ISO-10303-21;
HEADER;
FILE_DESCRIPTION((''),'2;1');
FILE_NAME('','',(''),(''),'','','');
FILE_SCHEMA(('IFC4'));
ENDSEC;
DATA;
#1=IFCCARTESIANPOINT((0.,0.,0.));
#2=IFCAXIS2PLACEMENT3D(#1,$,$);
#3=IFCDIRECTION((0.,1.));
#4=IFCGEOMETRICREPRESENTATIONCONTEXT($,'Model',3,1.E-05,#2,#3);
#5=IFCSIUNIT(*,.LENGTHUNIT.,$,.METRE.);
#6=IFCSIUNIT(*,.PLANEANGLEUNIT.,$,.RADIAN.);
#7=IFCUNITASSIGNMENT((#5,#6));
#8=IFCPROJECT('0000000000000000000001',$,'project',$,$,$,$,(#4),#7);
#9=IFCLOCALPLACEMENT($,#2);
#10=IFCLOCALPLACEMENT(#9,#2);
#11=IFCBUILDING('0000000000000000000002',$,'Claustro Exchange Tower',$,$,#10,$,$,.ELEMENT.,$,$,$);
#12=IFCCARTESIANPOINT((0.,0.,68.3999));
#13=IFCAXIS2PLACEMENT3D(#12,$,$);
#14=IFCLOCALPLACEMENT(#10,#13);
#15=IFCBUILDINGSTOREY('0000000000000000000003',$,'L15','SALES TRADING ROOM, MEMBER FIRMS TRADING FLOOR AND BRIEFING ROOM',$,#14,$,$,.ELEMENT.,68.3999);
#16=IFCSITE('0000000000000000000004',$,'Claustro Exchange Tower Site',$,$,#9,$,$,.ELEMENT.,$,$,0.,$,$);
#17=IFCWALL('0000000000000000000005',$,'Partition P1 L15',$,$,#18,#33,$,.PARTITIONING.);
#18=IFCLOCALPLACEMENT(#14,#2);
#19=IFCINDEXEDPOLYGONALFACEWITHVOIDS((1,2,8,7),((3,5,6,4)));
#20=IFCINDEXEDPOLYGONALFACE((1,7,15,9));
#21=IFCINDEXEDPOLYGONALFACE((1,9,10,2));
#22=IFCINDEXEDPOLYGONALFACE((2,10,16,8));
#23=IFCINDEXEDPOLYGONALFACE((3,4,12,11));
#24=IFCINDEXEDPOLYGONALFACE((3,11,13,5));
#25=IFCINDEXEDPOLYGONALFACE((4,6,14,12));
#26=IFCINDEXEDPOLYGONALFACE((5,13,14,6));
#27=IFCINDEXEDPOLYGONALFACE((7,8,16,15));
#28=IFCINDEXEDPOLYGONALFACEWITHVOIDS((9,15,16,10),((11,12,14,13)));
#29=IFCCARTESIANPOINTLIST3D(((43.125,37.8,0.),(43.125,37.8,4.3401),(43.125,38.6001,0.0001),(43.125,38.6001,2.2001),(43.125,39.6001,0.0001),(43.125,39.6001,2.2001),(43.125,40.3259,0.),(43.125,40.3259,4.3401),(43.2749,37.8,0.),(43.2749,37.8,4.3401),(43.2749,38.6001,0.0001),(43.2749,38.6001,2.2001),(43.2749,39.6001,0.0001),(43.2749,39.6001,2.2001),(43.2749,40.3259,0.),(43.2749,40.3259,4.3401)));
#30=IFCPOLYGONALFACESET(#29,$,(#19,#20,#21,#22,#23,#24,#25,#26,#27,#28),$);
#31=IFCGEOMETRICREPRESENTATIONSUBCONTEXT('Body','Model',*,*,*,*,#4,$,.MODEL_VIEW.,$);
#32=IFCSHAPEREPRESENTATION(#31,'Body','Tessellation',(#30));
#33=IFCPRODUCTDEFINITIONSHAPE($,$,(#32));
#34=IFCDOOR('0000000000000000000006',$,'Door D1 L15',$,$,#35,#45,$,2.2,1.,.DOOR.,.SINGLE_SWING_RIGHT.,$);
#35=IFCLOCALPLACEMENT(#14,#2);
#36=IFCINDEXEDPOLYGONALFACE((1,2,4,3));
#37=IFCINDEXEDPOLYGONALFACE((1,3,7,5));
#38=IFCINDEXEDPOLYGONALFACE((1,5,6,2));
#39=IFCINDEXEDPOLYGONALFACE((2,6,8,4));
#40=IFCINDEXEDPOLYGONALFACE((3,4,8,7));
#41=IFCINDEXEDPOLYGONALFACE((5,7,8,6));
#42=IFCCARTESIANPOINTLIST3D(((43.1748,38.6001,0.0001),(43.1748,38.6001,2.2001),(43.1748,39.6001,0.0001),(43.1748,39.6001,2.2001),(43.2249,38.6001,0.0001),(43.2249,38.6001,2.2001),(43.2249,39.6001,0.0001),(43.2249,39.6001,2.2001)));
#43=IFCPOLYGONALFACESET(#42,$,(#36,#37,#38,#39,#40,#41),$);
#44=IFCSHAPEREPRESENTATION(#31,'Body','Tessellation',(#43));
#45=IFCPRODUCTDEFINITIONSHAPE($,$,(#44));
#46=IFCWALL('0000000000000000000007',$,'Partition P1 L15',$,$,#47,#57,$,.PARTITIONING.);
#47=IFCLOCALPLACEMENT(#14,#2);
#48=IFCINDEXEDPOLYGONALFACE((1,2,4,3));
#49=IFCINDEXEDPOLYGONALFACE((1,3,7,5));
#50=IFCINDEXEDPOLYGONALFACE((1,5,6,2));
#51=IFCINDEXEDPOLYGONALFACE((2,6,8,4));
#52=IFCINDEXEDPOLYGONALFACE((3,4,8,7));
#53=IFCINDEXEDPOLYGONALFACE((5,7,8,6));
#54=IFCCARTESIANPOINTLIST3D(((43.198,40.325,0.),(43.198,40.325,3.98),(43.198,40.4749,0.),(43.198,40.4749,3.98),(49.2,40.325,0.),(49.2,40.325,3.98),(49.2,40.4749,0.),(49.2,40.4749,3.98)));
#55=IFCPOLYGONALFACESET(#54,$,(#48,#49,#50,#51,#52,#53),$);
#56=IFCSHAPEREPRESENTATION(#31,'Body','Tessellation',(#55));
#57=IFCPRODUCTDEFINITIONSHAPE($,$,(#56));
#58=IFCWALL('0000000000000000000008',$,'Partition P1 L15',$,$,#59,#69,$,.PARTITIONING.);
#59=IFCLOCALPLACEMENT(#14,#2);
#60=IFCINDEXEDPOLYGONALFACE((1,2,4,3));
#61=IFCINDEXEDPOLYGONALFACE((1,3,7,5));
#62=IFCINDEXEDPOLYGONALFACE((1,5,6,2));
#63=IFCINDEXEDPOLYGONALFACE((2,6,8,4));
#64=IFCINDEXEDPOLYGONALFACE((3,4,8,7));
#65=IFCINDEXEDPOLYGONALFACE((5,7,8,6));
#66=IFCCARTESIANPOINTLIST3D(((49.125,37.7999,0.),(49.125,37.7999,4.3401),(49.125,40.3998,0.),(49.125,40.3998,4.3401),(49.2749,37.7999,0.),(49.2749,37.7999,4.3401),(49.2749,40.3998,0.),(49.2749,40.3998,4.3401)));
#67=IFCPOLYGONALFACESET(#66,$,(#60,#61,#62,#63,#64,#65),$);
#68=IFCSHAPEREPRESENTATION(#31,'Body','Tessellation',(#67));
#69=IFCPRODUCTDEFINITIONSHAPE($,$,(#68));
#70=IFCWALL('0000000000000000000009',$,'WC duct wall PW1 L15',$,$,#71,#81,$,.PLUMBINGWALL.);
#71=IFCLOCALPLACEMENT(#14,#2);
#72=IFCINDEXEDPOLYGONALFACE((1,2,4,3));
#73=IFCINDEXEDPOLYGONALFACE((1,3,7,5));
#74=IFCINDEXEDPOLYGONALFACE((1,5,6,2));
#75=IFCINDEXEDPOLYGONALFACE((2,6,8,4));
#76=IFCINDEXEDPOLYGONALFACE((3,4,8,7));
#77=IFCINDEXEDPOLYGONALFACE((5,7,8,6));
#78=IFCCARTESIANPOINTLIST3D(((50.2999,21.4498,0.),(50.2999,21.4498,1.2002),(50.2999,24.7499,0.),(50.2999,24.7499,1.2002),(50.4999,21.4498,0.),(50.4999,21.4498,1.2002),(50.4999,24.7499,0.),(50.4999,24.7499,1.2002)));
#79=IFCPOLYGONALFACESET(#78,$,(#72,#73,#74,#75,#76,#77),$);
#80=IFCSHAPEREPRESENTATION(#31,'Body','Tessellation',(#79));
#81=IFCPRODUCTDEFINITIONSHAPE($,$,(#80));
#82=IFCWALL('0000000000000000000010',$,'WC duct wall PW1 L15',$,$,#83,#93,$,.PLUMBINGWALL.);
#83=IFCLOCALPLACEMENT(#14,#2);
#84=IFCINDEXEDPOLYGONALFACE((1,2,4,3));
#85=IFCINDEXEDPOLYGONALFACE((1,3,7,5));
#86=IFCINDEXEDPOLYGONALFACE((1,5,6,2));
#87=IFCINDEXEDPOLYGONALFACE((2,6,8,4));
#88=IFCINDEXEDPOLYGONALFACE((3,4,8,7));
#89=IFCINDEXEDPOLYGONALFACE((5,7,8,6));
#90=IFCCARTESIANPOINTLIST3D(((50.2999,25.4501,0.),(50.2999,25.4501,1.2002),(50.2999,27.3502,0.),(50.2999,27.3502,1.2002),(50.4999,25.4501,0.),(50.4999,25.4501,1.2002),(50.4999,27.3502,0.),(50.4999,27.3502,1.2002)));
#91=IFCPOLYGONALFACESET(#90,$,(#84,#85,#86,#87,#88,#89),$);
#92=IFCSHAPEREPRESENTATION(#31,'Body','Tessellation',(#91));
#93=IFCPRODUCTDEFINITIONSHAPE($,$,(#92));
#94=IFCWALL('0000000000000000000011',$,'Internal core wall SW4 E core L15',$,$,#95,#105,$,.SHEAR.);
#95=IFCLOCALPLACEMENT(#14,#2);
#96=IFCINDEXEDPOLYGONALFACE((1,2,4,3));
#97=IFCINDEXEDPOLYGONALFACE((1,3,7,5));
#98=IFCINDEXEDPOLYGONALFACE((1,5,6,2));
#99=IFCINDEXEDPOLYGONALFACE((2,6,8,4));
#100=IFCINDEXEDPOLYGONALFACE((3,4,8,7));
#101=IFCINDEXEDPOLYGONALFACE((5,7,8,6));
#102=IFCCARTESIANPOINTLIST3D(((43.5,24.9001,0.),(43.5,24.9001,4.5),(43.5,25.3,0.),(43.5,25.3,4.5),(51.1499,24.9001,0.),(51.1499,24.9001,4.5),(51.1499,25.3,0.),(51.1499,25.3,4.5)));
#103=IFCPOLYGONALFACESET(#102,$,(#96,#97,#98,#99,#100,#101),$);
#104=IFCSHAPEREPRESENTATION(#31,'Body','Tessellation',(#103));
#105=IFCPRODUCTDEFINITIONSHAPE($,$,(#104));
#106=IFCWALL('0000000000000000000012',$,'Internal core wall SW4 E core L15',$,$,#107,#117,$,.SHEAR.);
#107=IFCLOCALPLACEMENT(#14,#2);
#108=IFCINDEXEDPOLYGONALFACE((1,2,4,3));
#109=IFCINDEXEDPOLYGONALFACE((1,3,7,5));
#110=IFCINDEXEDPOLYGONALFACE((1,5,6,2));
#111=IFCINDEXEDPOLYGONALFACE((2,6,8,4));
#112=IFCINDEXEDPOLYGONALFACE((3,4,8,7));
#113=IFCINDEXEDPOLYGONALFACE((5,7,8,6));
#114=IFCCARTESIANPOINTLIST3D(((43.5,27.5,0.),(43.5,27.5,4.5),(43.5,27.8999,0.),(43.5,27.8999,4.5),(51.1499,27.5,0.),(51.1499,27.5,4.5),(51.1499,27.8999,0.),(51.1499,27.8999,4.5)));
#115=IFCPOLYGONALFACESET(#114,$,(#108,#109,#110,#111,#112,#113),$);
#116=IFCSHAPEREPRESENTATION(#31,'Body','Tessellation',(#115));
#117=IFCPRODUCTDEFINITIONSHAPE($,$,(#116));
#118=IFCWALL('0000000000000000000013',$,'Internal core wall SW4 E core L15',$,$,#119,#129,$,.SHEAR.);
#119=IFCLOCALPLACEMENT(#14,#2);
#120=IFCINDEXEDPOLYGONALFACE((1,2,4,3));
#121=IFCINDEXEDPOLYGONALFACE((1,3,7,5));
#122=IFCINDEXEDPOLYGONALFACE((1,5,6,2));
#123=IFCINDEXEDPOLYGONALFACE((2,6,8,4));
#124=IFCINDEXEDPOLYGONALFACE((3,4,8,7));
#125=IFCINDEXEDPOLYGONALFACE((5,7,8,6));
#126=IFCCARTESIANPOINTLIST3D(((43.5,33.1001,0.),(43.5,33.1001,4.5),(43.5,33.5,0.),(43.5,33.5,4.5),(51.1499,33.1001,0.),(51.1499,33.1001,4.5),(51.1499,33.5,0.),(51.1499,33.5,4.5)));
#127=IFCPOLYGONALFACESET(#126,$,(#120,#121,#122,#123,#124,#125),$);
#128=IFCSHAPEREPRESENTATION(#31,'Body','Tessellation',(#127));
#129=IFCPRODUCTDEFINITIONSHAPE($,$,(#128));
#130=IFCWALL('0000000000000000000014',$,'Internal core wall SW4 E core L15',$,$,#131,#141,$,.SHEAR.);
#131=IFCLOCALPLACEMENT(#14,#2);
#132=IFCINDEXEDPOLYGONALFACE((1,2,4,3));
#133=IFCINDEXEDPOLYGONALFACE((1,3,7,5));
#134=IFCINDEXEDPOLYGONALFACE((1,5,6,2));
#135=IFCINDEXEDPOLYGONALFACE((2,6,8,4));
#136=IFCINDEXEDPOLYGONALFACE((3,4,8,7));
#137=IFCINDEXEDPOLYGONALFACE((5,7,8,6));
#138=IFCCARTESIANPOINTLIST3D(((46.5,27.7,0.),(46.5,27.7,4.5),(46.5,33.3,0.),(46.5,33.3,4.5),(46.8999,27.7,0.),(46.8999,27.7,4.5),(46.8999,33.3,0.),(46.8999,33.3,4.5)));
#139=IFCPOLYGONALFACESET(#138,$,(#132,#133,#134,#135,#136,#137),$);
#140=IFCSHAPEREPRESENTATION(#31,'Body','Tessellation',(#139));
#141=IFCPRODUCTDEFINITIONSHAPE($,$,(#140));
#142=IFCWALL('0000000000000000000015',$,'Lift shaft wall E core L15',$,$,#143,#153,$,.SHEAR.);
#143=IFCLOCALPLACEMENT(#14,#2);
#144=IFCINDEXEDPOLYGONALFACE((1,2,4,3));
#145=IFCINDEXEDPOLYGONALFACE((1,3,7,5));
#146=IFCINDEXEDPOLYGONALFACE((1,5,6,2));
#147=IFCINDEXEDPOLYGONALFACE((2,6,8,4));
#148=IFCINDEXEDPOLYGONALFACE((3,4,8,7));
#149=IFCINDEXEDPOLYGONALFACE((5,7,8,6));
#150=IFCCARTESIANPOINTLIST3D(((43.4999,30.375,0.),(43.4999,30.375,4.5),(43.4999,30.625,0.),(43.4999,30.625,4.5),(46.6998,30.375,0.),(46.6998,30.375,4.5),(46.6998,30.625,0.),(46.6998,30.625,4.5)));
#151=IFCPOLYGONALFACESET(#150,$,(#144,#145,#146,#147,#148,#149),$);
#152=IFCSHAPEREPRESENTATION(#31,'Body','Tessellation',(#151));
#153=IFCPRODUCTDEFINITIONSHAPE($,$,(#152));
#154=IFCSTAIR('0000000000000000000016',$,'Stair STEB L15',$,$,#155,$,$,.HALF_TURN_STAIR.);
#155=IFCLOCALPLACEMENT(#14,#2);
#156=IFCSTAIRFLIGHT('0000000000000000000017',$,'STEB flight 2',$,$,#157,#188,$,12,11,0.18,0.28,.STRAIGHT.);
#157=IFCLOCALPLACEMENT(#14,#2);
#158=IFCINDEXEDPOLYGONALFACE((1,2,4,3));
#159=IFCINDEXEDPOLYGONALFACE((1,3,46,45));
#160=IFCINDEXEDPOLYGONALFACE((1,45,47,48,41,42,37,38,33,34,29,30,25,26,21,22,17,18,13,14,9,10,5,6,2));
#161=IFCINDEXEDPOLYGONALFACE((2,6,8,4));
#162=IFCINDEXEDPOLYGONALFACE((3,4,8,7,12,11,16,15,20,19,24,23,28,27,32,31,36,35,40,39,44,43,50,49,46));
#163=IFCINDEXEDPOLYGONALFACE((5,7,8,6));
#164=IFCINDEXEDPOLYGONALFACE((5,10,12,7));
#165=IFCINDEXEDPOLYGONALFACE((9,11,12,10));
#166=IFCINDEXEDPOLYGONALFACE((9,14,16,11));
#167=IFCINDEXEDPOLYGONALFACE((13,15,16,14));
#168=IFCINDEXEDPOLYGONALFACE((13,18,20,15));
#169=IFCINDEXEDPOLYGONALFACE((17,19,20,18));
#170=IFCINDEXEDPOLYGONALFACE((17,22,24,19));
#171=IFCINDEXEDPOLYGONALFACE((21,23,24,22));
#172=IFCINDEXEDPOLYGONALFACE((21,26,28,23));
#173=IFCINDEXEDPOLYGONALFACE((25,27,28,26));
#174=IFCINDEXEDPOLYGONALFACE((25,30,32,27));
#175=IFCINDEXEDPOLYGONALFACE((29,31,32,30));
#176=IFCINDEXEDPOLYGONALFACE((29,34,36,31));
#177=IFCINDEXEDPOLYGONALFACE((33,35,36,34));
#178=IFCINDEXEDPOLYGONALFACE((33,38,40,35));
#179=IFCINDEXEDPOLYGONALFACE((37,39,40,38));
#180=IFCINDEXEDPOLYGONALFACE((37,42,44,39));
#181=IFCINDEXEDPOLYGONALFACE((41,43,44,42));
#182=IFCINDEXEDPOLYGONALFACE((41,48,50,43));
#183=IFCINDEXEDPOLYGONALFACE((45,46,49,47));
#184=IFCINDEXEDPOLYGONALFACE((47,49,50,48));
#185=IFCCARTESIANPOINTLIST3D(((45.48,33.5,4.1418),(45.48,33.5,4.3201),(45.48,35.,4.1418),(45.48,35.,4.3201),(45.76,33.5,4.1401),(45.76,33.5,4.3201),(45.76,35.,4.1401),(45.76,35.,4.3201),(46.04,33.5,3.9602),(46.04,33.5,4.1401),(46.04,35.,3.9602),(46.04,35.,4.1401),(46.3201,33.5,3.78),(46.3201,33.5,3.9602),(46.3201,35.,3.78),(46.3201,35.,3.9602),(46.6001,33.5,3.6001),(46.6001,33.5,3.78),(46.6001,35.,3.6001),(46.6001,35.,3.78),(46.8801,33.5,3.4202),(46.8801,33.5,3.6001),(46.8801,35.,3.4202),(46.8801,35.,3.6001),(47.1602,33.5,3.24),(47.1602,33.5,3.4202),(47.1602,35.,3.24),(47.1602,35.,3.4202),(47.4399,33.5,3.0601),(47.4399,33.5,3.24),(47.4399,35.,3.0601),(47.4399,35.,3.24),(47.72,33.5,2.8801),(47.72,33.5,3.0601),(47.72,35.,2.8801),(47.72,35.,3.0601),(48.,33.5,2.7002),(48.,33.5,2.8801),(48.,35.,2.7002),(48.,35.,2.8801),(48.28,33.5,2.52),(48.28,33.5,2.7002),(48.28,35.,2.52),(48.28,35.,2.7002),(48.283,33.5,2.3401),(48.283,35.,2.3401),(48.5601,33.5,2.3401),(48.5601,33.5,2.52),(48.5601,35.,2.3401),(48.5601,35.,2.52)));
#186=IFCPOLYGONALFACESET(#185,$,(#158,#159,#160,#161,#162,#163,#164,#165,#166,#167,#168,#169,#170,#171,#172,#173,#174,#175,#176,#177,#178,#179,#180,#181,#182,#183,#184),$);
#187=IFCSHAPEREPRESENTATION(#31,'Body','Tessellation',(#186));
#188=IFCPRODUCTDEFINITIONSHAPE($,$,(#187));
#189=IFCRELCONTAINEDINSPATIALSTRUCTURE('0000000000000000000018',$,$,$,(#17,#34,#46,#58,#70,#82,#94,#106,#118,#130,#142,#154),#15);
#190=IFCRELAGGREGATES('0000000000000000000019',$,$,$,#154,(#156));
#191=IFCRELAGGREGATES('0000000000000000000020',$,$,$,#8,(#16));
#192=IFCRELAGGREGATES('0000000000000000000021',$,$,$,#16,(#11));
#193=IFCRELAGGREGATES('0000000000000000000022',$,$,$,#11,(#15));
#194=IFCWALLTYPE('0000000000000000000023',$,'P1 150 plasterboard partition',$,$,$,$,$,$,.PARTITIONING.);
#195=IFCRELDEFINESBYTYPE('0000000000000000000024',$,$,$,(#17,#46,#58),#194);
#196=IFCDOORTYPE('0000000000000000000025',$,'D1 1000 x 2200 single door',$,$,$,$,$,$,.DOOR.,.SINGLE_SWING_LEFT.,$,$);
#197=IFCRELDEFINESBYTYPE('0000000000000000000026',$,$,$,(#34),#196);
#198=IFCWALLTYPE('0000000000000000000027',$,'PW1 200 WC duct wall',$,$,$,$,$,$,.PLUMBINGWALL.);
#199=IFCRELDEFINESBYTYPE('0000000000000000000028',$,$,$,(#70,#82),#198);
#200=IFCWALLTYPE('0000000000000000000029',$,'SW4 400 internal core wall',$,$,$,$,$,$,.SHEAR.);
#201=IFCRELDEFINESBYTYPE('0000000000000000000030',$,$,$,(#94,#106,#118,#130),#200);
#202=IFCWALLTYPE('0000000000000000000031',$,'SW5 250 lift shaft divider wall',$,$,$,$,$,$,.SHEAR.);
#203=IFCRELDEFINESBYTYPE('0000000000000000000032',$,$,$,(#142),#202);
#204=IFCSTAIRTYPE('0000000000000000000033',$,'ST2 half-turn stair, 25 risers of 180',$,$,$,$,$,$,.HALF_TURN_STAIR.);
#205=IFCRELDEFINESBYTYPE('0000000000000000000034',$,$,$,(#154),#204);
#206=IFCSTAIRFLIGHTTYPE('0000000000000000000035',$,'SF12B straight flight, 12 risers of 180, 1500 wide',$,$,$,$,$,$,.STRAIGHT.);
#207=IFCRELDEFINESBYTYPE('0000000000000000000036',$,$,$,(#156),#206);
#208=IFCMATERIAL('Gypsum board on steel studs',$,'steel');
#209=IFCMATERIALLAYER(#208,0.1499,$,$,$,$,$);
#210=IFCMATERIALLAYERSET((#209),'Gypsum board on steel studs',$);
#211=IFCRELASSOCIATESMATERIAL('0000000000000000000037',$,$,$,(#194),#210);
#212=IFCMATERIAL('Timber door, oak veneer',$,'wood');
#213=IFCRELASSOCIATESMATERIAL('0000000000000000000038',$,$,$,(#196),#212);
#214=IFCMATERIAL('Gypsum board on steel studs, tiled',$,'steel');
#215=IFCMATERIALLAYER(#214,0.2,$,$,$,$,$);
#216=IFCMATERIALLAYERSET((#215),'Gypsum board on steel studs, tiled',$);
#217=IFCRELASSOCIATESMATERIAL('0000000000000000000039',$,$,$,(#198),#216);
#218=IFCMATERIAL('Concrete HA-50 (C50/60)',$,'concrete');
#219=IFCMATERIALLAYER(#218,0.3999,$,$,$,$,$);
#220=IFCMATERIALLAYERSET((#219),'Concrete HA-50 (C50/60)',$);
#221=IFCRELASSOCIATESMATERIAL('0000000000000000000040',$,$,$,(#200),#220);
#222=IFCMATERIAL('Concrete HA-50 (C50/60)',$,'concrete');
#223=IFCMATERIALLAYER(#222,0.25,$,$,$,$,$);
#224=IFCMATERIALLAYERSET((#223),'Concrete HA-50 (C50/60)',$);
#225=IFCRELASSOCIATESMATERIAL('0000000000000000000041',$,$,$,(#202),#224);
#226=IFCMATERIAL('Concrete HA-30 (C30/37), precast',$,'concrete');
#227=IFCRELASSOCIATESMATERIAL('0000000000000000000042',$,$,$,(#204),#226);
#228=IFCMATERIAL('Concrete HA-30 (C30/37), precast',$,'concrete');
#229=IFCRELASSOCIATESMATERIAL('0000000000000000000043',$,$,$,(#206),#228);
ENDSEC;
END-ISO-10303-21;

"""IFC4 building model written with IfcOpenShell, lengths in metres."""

from ifc_helpers import new_model, si_unit, direction, frame, frame_2d, origin, place, context, subcontext, project, spatial, polyline, rectangle, outline, extrude, material, layer, layer_set, type_object, element, fill, aggregate, save


model = new_model("IFC4")

# Units and contexts
model_context = context("Model", 3, precision=1e-05, world=origin(), true_north=direction((0.0, 1.0)))
body_context = subcontext(model_context, "Body", "Model", "MODEL_VIEW")
ifc_project = project(units=[si_unit("LENGTHUNIT", "METRE"), si_unit("PLANEANGLEUNIT", "RADIAN")], contexts=[model_context])

# Site, building, storey
site_placement = place(None, origin())
site = spatial("IfcSite", under=ifc_project, at=site_placement, Name="Claustro Exchange Tower Site", CompositionType="ELEMENT", RefElevation=0.0)
building_placement = place(site_placement, origin())
building = spatial("IfcBuilding", under=site, at=building_placement, Name="Claustro Exchange Tower", CompositionType="ELEMENT")
storey_placement = place(building_placement, frame((0.0, 0.0, 68.3999)))
storey = spatial("IfcBuildingStorey", under=building, at=storey_placement, Name="L15", Description="SALES TRADING ROOM, MEMBER FIRMS TRADING FLOOR AND BRIEFING ROOM", CompositionType="ELEMENT", Elevation=68.3999)

# Wall, opening, door
ifc_material_1 = material(Name="Gypsum board on steel studs", Category="steel")
ifc_layer_1 = layer(ifc_material_1, 0.1499)
ifc_layer_set_1 = layer_set([ifc_layer_1], Name="Gypsum board on steel studs")
wall_type_1 = type_object("IfcWallType", Name="P1 150 plasterboard partition", PredefinedType="PARTITIONING", material=ifc_layer_set_1)
wall_1_placement = place(storey_placement, frame((43.2, 37.8, 0.0), z_axis=(0.0, 0.0, 1.0), x_axis=(0.0, 1.0, 0.0)))
wall_1 = element("IfcWall", 1, at=wall_1_placement, inside=storey, type_object=wall_type_1, Name="Partition P1 L15", PredefinedType="PARTITIONING", context=body_context, shape_type="SweptSolid", body=[
    extrude(rectangle(XDim=2.5259, YDim=0.1499, at=frame_2d((1.2629, 0.0))), origin(), (0.0, 0.0, 1.0), 4.3401),
])
opening_placement = place(wall_1_placement, frame((0.8, 0.0, 0.0)))
opening = element("IfcOpeningElement", 2, at=opening_placement, cuts=wall_1, PredefinedType="OPENING", context=body_context, shape_type="SweptSolid", body=[
    extrude(rectangle(XDim=1.0, YDim=2.2, at=frame_2d((0.5, 1.1001))), frame((0.0, 0.085, 0.0), z_axis=(0.0, -1.0, 0.0), x_axis=(1.0, 0.0, 0.0)), (0.0, 0.0, 1.0), 0.1699),
])
ifc_material_2 = material(Name="Timber door, oak veneer", Category="wood")
door_type = type_object("IfcDoorType", Name="D1 1000 x 2200 single door", OperationType="SINGLE_SWING_LEFT", PredefinedType="DOOR", material=ifc_material_2)
door_placement = place(opening_placement, frame((1.0, 0.0, 0.0), z_axis=(0.0, 0.0, 1.0), x_axis=(-1.0, 0.0, 0.0)))
door = element("IfcDoor", 3, at=door_placement, inside=storey, type_object=door_type, Name="Door D1 L15", OperationType="SINGLE_SWING_RIGHT", OverallHeight=2.2, OverallWidth=1.0, PredefinedType="DOOR", context=body_context, shape_type="SweptSolid", body=[
    extrude(rectangle(XDim=1.0, YDim=2.2, at=frame_2d((0.5, 1.1001))), frame((0.0, 0.0249, 0.0), z_axis=(0.0, -1.0, 0.0), x_axis=(1.0, 0.0, 0.0)), (0.0, 0.0, 1.0), 0.05),
])
fill(opening, door)

# Walls
wall_2_placement = place(storey_placement, frame((43.198, 40.3999, 0.0), z_axis=(0.0, 0.0, 1.0), x_axis=(1.0, 0.0, 0.0)))
element("IfcWall", 4, at=wall_2_placement, inside=storey, type_object=wall_type_1, Name="Partition P1 L15", PredefinedType="PARTITIONING", context=body_context, shape_type="SweptSolid", body=[
    extrude(rectangle(XDim=6.002, YDim=0.1499, at=frame_2d((3.001, 0.0))), origin(), (0.0, 0.0, 1.0), 3.98),
])
wall_3_placement = place(storey_placement, frame((49.2, 37.8, 0.0), z_axis=(0.0, 0.0, 1.0), x_axis=(0.0, 1.0, 0.0)))
element("IfcWall", 5, at=wall_3_placement, inside=storey, type_object=wall_type_1, Name="Partition P1 L15", PredefinedType="PARTITIONING", context=body_context, shape_type="SweptSolid", body=[
    extrude(rectangle(XDim=2.5999, YDim=0.1499, at=frame_2d((1.2998, 0.0))), origin(), (0.0, 0.0, 1.0), 4.3401),
])
ifc_material_3 = material(Name="Gypsum board on steel studs, tiled", Category="steel")
ifc_layer_2 = layer(ifc_material_3, 0.2)
ifc_layer_set_2 = layer_set([ifc_layer_2], Name="Gypsum board on steel studs, tiled")
wall_type_2 = type_object("IfcWallType", Name="PW1 200 WC duct wall", PredefinedType="PLUMBINGWALL", material=ifc_layer_set_2)
wall_4_placement = place(storey_placement, frame((50.3999, 21.45, 0.0), z_axis=(0.0, 0.0, 1.0), x_axis=(0.0, 1.0, 0.0)))
element("IfcWall", 6, at=wall_4_placement, inside=storey, type_object=wall_type_2, Name="WC duct wall PW1 L15", PredefinedType="PLUMBINGWALL", context=body_context, shape_type="SweptSolid", body=[
    extrude(rectangle(XDim=3.3, YDim=0.2, at=frame_2d((1.6499, 0.0))), origin(), (0.0, 0.0, 1.0), 1.2002),
])
wall_5_placement = place(storey_placement, frame((50.3999, 25.45, 0.0), z_axis=(0.0, 0.0, 1.0), x_axis=(0.0, 1.0, 0.0)))
element("IfcWall", 7, at=wall_5_placement, inside=storey, type_object=wall_type_2, Name="WC duct wall PW1 L15", PredefinedType="PLUMBINGWALL", context=body_context, shape_type="SweptSolid", body=[
    extrude(rectangle(XDim=1.9001, YDim=0.2, at=frame_2d((0.9502, 0.0))), origin(), (0.0, 0.0, 1.0), 1.2002),
])
ifc_material_4 = material(Name="Concrete HA-50 (C50/60)", Category="concrete")
ifc_layer_3 = layer(ifc_material_4, 0.3999)
ifc_layer_set_3 = layer_set([ifc_layer_3], Name="Concrete HA-50 (C50/60)")
wall_type_3 = type_object("IfcWallType", Name="SW4 400 internal core wall", PredefinedType="SHEAR", material=ifc_layer_set_3)
for number, where, z_axis, x_axis, name in (
    (8, (51.1499, 25.1001, 0.0), (0.0, 0.0, 1.0), (-1.0, 0.0, 0.0), "Internal core wall SW4 E core L15"),
    (9, (51.1499, 27.7, 0.0), (0.0, 0.0, 1.0), (-1.0, 0.0, 0.0), "Internal core wall SW4 E core L15"),
    (10, (51.1499, 33.3, 0.0), (0.0, 0.0, 1.0), (-1.0, 0.0, 0.0), "Internal core wall SW4 E core L15"),
):
    element("IfcWall", number, at=place(storey_placement, frame(where, z_axis=z_axis, x_axis=x_axis)), inside=storey, type_object=wall_type_3, Name=name, PredefinedType="SHEAR", context=body_context, shape_type="SweptSolid", body=[
        extrude(rectangle(XDim=7.6499, YDim=0.3999, at=frame_2d((3.825, 0.0))), origin(), (0.0, 0.0, 1.0), 4.5),
    ])
wall_6_placement = place(storey_placement, frame((46.7, 27.7, 0.0), z_axis=(0.0, 0.0, 1.0), x_axis=(0.0, 1.0, 0.0)))
element("IfcWall", 11, at=wall_6_placement, inside=storey, type_object=wall_type_3, Name="Internal core wall SW4 E core L15", PredefinedType="SHEAR", context=body_context, shape_type="SweptSolid", body=[
    extrude(rectangle(XDim=5.6001, YDim=0.3999, at=frame_2d((2.8, 0.0))), origin(), (0.0, 0.0, 1.0), 4.5),
])
ifc_material_5 = material(Name="Concrete HA-50 (C50/60)", Category="concrete")
ifc_layer_4 = layer(ifc_material_5, 0.25)
ifc_layer_set_4 = layer_set([ifc_layer_4], Name="Concrete HA-50 (C50/60)")
wall_type_4 = type_object("IfcWallType", Name="SW5 250 lift shaft divider wall", PredefinedType="SHEAR", material=ifc_layer_set_4)
wall_7_placement = place(storey_placement, frame((46.7, 30.5, 0.0), z_axis=(0.0, 0.0, 1.0), x_axis=(-1.0, 0.0, 0.0)))
element("IfcWall", 12, at=wall_7_placement, inside=storey, type_object=wall_type_4, Name="Lift shaft wall E core L15", PredefinedType="SHEAR", context=body_context, shape_type="SweptSolid", body=[
    extrude(rectangle(XDim=3.2, YDim=0.25, at=frame_2d((1.6001, 0.0))), origin(), (0.0, 0.0, 1.0), 4.5),
])

# Stair, stair flight
ifc_material_6 = material(Name="Concrete HA-30 (C30/37), precast", Category="concrete")
stair_type = type_object("IfcStairType", Name="ST2 half-turn stair, 25 risers of 180", PredefinedType="HALF_TURN_STAIR", material=ifc_material_6)
stair_placement = place(storey_placement, origin())
stair = element("IfcStair", 13, at=stair_placement, inside=storey, type_object=stair_type, Name="Stair STEB L15", PredefinedType="HALF_TURN_STAIR")
ifc_material_7 = material(Name="Concrete HA-30 (C30/37), precast", Category="concrete")
stair_flight_type_1 = type_object("IfcStairFlightType", Name="SF12B straight flight, 12 risers of 180, 1500 wide", PredefinedType="STRAIGHT", material=ifc_material_7)
stair_flight_1_placement = place(storey_placement, frame((48.5601, 34.25, 2.3401), z_axis=(0.0, 0.0, 1.0), x_axis=(-1.0, 0.0, 0.0)))
stair_flight_1 = element("IfcStairFlight", 14, at=stair_flight_1_placement, type_object=stair_flight_type_1, Name="STEB flight 2", NumberOfRisers=12, NumberOfTreads=11, PredefinedType="STRAIGHT", RiserHeight=0.18, TreadLength=0.28, context=body_context, shape_type="SweptSolid", body=[
    extrude(outline(polyline([(0.0, 0.0), (0.0, 0.1799), (0.28, 0.1799), (0.28, 0.3601), (0.5601, 0.3601), (0.5601, 0.54), (0.8401, 0.54), (0.8401, 0.72), (1.1201, 0.72), (1.1201, 0.8999), (1.3999, 0.8999), (1.3999, 1.0801), (1.6799, 1.0801), (1.6799, 1.26), (1.96, 1.26), (1.96, 1.4399), (2.24, 1.4399), (2.24, 1.6201), (2.52, 1.6201), (2.52, 1.8), (2.8, 1.8), (2.8, 1.98), (3.0801, 1.98), (3.0801, 2.1599), (3.0801, 1.8018), (0.2771, 0.0), (0.0, 0.0)])), frame((0.0, 0.75, 0.0), z_axis=(0.0, -1.0, 0.0), x_axis=(1.0, 0.0, 0.0)), (0.0, 0.0, 1.0), 1.5),
])
aggregate(stair, [stair_flight_1])

save(model, "model.ifc")
